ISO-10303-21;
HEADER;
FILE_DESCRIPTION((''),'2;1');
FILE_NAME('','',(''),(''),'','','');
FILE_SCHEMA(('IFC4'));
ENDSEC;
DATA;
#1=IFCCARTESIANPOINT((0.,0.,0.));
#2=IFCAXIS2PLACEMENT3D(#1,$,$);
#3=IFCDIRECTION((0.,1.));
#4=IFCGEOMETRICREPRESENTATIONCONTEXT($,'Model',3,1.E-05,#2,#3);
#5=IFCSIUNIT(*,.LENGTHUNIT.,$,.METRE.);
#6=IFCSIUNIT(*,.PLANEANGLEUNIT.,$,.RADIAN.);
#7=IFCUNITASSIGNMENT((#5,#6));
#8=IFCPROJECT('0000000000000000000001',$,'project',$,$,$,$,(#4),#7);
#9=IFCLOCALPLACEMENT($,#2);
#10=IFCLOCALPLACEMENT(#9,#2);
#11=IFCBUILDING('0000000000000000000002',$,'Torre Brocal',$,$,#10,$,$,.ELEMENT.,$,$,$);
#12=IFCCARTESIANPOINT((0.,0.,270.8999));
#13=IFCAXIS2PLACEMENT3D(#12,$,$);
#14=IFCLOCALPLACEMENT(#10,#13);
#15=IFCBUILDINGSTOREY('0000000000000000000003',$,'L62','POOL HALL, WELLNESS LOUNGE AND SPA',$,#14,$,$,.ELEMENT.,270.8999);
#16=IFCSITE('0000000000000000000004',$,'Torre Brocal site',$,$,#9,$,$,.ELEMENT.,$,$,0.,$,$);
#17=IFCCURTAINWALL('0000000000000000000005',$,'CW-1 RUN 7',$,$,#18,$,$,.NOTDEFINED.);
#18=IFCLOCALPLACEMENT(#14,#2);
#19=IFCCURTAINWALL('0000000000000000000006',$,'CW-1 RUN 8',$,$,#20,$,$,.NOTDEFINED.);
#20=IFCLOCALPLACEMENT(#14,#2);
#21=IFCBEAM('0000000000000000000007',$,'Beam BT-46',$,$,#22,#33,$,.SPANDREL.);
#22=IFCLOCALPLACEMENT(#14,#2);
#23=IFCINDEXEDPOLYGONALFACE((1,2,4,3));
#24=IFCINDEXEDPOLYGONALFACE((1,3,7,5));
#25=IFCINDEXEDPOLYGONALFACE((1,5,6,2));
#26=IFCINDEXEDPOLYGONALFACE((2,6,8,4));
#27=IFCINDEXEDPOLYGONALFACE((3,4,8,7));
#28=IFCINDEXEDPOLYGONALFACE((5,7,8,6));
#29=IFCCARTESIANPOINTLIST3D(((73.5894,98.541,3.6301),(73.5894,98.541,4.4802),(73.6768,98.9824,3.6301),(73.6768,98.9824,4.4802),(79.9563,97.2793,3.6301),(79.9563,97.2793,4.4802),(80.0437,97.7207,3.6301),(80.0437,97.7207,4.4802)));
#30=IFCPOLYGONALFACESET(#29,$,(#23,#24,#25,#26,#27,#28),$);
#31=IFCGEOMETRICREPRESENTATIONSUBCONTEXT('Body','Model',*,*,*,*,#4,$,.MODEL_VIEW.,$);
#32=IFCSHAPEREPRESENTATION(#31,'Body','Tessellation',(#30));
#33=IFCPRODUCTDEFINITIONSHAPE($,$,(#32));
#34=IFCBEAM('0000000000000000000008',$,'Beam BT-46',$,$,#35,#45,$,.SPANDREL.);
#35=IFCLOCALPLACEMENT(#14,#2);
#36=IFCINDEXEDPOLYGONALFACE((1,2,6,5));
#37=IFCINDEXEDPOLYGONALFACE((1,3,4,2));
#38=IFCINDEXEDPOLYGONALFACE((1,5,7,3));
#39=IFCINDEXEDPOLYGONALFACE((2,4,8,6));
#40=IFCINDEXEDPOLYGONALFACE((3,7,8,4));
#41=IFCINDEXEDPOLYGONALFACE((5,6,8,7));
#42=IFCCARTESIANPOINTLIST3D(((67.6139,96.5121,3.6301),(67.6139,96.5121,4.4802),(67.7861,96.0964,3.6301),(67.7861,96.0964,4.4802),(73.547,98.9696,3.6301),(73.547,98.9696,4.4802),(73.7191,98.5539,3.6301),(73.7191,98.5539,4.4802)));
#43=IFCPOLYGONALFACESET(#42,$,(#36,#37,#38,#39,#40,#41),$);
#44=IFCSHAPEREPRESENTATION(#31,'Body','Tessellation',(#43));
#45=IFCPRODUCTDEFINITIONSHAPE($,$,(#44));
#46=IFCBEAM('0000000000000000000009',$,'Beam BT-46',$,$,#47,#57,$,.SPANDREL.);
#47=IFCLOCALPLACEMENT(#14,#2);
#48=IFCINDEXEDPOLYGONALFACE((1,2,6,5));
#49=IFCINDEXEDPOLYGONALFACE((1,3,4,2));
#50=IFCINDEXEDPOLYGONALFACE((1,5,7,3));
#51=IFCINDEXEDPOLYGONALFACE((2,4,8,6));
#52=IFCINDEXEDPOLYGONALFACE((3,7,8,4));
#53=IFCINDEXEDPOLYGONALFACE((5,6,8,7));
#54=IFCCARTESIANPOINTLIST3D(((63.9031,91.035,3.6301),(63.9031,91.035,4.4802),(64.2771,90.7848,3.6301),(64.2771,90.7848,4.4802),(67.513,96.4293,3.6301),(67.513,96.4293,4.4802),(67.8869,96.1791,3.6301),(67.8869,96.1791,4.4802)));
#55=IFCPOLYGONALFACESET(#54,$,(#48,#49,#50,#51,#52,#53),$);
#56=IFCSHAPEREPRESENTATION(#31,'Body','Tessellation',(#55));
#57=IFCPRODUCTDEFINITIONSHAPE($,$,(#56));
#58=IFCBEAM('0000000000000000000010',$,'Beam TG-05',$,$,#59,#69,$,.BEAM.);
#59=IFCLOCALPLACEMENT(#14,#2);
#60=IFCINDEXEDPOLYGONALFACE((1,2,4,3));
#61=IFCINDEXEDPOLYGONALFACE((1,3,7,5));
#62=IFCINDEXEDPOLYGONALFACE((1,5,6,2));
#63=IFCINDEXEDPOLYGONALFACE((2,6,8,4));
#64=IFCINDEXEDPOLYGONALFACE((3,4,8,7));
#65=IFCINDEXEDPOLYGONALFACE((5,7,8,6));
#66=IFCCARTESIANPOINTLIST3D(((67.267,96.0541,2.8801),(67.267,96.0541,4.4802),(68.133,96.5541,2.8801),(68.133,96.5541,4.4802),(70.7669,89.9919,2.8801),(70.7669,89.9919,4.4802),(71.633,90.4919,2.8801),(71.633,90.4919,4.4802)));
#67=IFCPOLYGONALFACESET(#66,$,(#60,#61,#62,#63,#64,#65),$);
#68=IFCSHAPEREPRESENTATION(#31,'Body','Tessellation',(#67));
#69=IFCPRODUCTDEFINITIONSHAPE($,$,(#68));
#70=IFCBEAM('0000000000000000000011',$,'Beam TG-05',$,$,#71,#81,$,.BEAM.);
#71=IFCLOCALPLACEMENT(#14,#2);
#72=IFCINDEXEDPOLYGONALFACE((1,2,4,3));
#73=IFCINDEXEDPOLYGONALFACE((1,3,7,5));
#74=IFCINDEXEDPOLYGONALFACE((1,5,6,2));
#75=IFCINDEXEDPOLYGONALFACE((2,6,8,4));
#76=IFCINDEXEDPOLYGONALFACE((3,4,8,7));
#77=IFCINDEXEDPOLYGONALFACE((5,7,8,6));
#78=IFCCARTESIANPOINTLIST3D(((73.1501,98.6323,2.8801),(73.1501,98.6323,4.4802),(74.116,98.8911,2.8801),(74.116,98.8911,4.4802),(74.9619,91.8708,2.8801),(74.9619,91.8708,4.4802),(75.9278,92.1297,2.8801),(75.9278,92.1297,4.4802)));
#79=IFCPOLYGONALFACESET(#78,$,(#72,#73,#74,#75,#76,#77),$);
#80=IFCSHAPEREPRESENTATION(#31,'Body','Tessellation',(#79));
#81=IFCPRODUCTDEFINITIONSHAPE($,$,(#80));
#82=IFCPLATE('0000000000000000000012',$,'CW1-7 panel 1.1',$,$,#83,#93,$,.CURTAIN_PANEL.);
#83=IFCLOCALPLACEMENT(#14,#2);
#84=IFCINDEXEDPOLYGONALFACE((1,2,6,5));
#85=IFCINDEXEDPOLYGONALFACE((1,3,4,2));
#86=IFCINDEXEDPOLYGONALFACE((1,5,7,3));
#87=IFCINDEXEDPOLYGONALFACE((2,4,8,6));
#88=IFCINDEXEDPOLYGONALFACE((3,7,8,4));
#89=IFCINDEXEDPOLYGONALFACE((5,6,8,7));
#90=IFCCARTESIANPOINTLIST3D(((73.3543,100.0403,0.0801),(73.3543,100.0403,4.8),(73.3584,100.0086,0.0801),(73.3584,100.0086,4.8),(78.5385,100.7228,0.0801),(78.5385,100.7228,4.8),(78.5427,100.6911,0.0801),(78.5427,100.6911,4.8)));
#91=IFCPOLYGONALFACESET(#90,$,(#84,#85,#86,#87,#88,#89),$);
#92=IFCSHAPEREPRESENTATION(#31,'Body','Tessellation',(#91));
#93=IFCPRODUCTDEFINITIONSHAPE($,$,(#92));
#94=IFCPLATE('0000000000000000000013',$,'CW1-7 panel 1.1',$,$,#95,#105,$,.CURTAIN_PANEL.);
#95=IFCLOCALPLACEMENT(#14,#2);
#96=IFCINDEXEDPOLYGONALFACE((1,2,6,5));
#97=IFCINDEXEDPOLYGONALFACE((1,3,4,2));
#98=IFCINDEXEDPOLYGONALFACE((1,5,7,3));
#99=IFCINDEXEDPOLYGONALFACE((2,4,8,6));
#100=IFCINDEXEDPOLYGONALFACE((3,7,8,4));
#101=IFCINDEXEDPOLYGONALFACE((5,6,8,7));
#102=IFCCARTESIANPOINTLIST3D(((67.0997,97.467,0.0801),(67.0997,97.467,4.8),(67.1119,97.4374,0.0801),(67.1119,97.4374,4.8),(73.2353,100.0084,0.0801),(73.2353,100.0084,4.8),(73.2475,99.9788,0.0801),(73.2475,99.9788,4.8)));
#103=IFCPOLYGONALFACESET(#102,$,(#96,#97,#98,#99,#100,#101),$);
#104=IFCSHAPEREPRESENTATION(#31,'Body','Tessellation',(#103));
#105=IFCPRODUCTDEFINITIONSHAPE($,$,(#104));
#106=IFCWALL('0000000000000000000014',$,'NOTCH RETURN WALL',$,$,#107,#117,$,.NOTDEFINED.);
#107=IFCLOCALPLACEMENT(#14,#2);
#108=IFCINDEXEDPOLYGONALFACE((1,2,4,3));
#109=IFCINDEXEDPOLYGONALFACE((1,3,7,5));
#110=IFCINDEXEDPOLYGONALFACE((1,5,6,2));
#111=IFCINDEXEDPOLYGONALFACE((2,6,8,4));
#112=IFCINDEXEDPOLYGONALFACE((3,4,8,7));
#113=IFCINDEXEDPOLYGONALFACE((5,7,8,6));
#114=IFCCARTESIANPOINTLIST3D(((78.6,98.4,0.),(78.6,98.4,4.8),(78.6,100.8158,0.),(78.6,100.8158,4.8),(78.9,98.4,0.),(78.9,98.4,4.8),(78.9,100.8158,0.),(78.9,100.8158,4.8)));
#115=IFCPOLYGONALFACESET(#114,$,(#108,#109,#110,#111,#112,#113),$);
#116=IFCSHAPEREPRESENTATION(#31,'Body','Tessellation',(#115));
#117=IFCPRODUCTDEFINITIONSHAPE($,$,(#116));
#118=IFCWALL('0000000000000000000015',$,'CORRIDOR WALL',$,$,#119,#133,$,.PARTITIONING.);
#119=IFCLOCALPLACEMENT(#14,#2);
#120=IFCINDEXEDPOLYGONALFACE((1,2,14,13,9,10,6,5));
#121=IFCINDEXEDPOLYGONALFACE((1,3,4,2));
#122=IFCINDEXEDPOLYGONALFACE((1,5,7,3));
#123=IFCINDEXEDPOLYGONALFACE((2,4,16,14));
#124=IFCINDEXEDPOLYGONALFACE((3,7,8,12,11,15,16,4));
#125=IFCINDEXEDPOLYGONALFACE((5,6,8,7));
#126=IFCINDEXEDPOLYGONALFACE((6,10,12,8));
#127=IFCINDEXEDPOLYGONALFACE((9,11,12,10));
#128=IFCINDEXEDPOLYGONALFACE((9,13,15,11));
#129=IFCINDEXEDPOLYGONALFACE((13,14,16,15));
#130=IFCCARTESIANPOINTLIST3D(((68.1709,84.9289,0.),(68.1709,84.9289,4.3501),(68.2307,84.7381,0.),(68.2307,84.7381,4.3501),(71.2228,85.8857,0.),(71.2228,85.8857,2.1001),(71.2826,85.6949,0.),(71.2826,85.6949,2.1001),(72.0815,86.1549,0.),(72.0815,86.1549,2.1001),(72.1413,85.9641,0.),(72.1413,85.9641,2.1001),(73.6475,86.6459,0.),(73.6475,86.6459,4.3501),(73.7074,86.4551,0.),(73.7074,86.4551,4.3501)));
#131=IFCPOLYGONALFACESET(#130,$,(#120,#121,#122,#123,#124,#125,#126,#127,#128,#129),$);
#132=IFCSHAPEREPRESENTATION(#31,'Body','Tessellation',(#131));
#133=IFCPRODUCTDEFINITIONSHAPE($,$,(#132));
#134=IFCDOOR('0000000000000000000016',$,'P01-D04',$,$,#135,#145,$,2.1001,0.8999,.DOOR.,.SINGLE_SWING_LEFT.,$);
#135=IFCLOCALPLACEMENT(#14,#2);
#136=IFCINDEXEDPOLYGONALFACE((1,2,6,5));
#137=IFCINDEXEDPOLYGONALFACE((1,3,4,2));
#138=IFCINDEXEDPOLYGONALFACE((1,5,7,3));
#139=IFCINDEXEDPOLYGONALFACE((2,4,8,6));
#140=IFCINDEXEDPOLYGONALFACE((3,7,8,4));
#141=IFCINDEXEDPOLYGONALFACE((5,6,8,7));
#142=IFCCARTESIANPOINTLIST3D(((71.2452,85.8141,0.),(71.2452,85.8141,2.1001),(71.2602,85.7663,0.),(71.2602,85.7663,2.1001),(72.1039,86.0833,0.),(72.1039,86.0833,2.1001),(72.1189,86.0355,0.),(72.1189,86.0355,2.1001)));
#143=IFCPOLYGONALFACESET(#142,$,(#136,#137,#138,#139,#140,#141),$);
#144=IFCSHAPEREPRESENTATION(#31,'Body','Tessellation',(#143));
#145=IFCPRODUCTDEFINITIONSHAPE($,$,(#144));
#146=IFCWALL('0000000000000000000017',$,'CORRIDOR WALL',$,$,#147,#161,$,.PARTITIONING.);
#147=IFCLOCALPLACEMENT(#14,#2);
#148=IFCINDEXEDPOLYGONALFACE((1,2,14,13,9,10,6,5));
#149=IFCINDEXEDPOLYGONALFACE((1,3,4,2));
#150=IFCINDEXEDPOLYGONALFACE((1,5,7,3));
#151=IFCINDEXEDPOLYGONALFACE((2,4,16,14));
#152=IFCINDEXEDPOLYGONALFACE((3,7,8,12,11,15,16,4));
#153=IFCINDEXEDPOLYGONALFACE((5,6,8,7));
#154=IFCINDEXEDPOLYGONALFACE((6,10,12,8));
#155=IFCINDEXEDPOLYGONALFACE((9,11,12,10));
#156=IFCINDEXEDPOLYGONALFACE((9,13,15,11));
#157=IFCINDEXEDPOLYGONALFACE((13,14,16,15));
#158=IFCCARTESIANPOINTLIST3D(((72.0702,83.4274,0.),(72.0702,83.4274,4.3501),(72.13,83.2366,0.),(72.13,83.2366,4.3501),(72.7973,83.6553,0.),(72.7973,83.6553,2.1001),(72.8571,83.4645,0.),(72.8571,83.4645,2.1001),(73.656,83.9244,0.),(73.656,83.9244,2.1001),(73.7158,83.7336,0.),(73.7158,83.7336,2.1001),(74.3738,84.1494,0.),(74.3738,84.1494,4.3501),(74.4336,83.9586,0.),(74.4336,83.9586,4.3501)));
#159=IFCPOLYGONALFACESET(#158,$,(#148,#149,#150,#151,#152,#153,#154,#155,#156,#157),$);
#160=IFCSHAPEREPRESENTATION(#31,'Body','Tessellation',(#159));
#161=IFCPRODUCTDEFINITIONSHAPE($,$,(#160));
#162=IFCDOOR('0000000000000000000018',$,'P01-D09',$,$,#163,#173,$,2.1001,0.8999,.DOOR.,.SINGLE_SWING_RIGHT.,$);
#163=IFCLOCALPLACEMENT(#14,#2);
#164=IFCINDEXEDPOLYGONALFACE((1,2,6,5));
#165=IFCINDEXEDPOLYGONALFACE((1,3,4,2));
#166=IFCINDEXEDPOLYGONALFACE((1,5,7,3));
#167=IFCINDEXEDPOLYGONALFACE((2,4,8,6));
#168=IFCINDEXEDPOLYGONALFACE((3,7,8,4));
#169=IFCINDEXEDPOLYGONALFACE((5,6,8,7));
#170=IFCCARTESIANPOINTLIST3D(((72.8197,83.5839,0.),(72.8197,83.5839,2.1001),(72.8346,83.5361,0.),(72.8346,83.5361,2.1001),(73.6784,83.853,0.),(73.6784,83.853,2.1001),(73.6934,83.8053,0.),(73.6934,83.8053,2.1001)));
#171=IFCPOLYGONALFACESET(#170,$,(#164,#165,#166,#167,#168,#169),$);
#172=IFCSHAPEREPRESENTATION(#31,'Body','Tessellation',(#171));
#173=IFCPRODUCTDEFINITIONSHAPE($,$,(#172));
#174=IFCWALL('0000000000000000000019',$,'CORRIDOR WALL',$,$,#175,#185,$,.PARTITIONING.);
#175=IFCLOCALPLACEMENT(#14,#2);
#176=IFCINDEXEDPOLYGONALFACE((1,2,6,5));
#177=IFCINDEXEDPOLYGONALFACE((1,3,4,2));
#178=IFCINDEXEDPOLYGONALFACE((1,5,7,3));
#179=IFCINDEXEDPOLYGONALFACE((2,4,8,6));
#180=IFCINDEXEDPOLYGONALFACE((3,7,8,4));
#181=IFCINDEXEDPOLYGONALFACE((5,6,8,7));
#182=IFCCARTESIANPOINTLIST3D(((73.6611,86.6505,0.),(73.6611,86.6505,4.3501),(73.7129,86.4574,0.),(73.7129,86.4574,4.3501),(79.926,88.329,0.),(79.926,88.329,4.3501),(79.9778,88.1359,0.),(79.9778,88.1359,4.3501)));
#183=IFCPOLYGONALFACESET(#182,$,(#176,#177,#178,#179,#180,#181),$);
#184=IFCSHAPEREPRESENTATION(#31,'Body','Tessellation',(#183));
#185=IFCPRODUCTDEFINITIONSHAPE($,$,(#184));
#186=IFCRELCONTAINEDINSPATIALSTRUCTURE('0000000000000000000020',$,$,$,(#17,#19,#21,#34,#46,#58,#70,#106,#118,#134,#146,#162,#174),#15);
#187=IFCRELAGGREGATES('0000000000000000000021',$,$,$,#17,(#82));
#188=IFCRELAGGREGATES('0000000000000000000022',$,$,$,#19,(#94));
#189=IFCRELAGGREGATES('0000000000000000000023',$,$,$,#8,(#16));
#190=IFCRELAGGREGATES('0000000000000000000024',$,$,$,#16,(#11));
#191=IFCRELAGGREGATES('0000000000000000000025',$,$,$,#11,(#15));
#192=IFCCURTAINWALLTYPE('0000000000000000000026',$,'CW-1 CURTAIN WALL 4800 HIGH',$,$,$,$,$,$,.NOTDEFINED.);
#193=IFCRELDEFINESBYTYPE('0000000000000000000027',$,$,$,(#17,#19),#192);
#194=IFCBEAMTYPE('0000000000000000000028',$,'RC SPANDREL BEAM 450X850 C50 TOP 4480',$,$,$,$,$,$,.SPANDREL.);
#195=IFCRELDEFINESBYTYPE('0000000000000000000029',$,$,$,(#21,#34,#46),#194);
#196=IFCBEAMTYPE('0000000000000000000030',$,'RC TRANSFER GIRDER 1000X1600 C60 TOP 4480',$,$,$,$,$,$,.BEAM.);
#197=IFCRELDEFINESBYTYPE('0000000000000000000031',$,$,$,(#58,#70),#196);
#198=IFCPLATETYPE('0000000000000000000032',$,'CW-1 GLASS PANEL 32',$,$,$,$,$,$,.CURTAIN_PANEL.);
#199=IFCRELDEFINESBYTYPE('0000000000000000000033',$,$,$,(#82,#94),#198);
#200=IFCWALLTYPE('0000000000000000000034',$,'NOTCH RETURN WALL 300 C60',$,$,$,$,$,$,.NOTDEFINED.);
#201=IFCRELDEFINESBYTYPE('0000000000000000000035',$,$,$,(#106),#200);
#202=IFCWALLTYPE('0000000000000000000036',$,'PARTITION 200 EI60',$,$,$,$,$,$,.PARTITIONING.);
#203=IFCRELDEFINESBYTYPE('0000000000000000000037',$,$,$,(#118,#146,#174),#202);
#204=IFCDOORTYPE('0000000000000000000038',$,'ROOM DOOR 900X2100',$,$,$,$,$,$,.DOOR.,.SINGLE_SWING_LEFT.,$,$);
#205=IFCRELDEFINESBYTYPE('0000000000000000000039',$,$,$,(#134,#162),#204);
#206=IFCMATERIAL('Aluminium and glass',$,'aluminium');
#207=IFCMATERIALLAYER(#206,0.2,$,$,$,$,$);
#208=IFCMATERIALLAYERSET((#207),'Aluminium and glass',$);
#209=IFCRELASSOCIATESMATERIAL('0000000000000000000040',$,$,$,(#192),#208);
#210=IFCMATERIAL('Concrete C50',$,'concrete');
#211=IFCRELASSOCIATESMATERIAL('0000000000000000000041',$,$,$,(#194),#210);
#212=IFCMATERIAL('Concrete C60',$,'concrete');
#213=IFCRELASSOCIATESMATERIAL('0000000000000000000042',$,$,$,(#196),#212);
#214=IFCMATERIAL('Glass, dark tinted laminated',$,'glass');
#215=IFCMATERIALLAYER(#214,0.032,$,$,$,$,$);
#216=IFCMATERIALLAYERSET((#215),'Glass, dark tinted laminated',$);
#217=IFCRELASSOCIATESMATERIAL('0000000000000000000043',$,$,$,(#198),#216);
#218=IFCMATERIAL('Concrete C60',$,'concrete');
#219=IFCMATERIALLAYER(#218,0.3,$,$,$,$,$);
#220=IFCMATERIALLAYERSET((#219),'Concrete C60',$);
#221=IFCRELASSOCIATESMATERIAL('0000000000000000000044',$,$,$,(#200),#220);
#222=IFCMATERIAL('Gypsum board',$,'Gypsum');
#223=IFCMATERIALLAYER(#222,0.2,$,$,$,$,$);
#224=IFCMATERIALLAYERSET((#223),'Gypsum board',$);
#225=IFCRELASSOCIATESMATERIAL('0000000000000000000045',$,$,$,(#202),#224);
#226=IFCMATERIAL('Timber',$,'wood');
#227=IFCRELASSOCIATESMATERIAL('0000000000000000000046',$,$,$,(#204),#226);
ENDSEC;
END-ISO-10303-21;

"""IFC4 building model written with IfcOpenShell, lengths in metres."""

from ifc_helpers import new_model, si_unit, direction, frame, frame_2d, origin, origin_2d, place, context, subcontext, project, spatial, rectangle, extrude, material, layer, layer_set, material_profile, profile_set, type_object, element, fill, aggregate, save


model = new_model("IFC4")

# Units and contexts
model_context = context("Model", 3, precision=1e-05, world=origin(), true_north=direction((0.0, 1.0)))
body_context = subcontext(model_context, "Body", "Model", "MODEL_VIEW")
ifc_project = project(units=[si_unit("LENGTHUNIT", "METRE"), si_unit("PLANEANGLEUNIT", "RADIAN")], contexts=[model_context])

# Site, building, storey
site_placement = place(None, origin())
site = spatial("IfcSite", under=ifc_project, at=site_placement, Name="Torre Brocal site", CompositionType="ELEMENT", RefElevation=0.0)
building_placement = place(site_placement, origin())
building = spatial("IfcBuilding", under=site, at=building_placement, Name="Torre Brocal", CompositionType="ELEMENT")
storey_placement = place(building_placement, frame((0.0, 0.0, 270.8999)))
storey = spatial("IfcBuildingStorey", under=building, at=storey_placement, Name="L62", Description="POOL HALL, WELLNESS LOUNGE AND SPA", CompositionType="ELEMENT", Elevation=270.8999)

# Curtain wall
ifc_material_1 = material(Name="Aluminium and glass", Category="aluminium")
ifc_layer_1 = layer(ifc_material_1, 0.2)
ifc_layer_set_1 = layer_set([ifc_layer_1], Name="Aluminium and glass")
curtain_wall_type = type_object("IfcCurtainWallType", Name="CW-1 CURTAIN WALL 4800 HIGH", PredefinedType="NOTDEFINED", material=ifc_layer_set_1)
curtain_wall_1_placement = place(storey_placement, origin())
curtain_wall_1 = element("IfcCurtainWall", 1, at=curtain_wall_1_placement, inside=storey, type_object=curtain_wall_type, Name="CW-1 RUN 7", PredefinedType="NOTDEFINED")

# Curtain wall
curtain_wall_2_placement = place(storey_placement, origin())
curtain_wall_2 = element("IfcCurtainWall", 2, at=curtain_wall_2_placement, inside=storey, type_object=curtain_wall_type, Name="CW-1 RUN 8", PredefinedType="NOTDEFINED")

# Beams
ifc_material_2 = material(Name="Concrete C50", Category="concrete")
ifc_material_profile_1 = material_profile(ifc_material_2, rectangle(XDim=0.45, YDim=0.8501, at=origin_2d()), Name="RC 450X850")
ifc_profile_set_1 = profile_set([ifc_material_profile_1], Name="Concrete C50")
beam_type_1 = type_object("IfcBeamType", Name="RC SPANDREL BEAM 450X850 C50 TOP 4480", PredefinedType="SPANDREL", material=ifc_profile_set_1)
beam_1_placement = place(storey_placement, frame((80.0, 97.5, 4.0552), z_axis=(-0.980925, 0.194387, 0.0), x_axis=(-0.194387, -0.980925, 0.0)))
element("IfcBeam", 3, at=beam_1_placement, inside=storey, type_object=beam_type_1, Name="Beam BT-46", PredefinedType="SPANDREL", context=body_context, shape_type="SweptSolid", body=[
    extrude(rectangle(XDim=0.45, YDim=0.8501, at=origin_2d()), origin(), (0.0, 0.0, 1.0), 6.4907),
])
beam_2_placement = place(storey_placement, frame((73.6331, 98.7617, 4.0552), z_axis=(-0.923882, -0.382676, 0.0), x_axis=(0.382676, -0.923882, 0.0)))
element("IfcBeam", 4, at=beam_2_placement, inside=storey, type_object=beam_type_1, Name="Beam BT-46", PredefinedType="SPANDREL", context=body_context, shape_type="SweptSolid", body=[
    extrude(rectangle(XDim=0.45, YDim=0.8501, at=origin_2d()), origin(), (0.0, 0.0, 1.0), 6.4219),
])
beam_3_placement = place(storey_placement, frame((67.7, 96.3042, 4.0552), z_axis=(-0.556158, -0.831077, 0.0), x_axis=(0.831077, -0.556158, 0.0)))
element("IfcBeam", 5, at=beam_3_placement, inside=storey, type_object=beam_type_1, Name="Beam BT-46", PredefinedType="SPANDREL", context=body_context, shape_type="SweptSolid", body=[
    extrude(rectangle(XDim=0.45, YDim=0.8501, at=origin_2d()), origin(), (0.0, 0.0, 1.0), 6.4907),
])
ifc_material_3 = material(Name="Concrete C60", Category="concrete")
ifc_material_profile_2 = material_profile(ifc_material_3, rectangle(XDim=1.0, YDim=1.6001, at=origin_2d()), Name="RC 1000X1600")
ifc_profile_set_2 = profile_set([ifc_material_profile_2], Name="Concrete C60")
beam_type_2 = type_object("IfcBeamType", Name="RC TRANSFER GIRDER 1000X1600 C60 TOP 4480", PredefinedType="BEAM", material=ifc_profile_set_2)
for number, where, z_axis, x_axis, name in (
    (6, (71.2, 90.2419, 3.6802), (-0.499995, 0.866028, 0.0), (-0.866028, -0.499995, 0.0), "Beam TG-05"),
    (7, (75.4448, 92.0002, 3.6802), (-0.258824, 0.965925, 0.0), (-0.965925, -0.258824, 0.0), "Beam TG-05"),
):
    element("IfcBeam", number, at=place(storey_placement, frame(where, z_axis=z_axis, x_axis=x_axis)), inside=storey, type_object=beam_type_2, Name=name, PredefinedType="BEAM", context=body_context, shape_type="SweptSolid", body=[
        extrude(rectangle(XDim=1.0, YDim=1.6001, at=origin_2d()), origin(), (0.0, 0.0, 1.0), 7.0),
    ])

# Plates
ifc_material_4 = material(Name="Glass, dark tinted laminated", Category="glass")
ifc_layer_2 = layer(ifc_material_4, 0.032)
ifc_layer_set_2 = layer_set([ifc_layer_2], Name="Glass, dark tinted laminated")
plate_type = type_object("IfcPlateType", Name="CW-1 GLASS PANEL 32", PredefinedType="CURTAIN_PANEL", material=ifc_layer_set_2)
plate_1_placement = place(storey_placement, frame((75.9485, 100.3657, 0.0801), z_axis=(0.0, 0.0, 1.0), x_axis=(-0.991445, -0.130526, 0.0)))
plate_1 = element("IfcPlate", 8, at=plate_1_placement, type_object=plate_type, Name="CW1-7 panel 1.1", PredefinedType="CURTAIN_PANEL", context=body_context, shape_type="SweptSolid", body=[
    extrude(rectangle(XDim=5.229, YDim=0.032, at=origin_2d()), origin(), (0.0, 0.0, 1.0), 4.72),
])
aggregate(curtain_wall_1, [plate_1])
plate_2_placement = place(storey_placement, frame((70.1736, 98.7229, 0.0801), z_axis=(0.0, 0.0, 1.0), x_axis=(-0.92388, -0.382683, 0.0)))
plate_2 = element("IfcPlate", 9, at=plate_2_placement, type_object=plate_type, Name="CW1-7 panel 1.1", PredefinedType="CURTAIN_PANEL", context=body_context, shape_type="SweptSolid", body=[
    extrude(rectangle(XDim=6.6411, YDim=0.032, at=origin_2d()), origin(), (0.0, 0.0, 1.0), 4.72),
])
aggregate(curtain_wall_2, [plate_2])

# Wall
ifc_material_5 = material(Name="Concrete C60", Category="concrete")
ifc_layer_3 = layer(ifc_material_5, 0.3)
ifc_layer_set_3 = layer_set([ifc_layer_3], Name="Concrete C60")
wall_type_1 = type_object("IfcWallType", Name="NOTCH RETURN WALL 300 C60", PredefinedType="NOTDEFINED", material=ifc_layer_set_3)
wall_1_placement = place(storey_placement, frame((78.75, 98.3999, 0.0), z_axis=(0.0, 0.0, 1.0), x_axis=(0.0, 1.0, 0.0)))
element("IfcWall", 10, at=wall_1_placement, inside=storey, type_object=wall_type_1, Name="NOTCH RETURN WALL", PredefinedType="NOTDEFINED", context=body_context, shape_type="SweptSolid", body=[
    extrude(rectangle(XDim=2.4158, YDim=0.3, at=frame_2d((1.208, 0.0))), origin(), (0.0, 0.0, 1.0), 4.8),
])

# Walls, openings, doors
ifc_material_6 = material(Name="Gypsum board", Category="Gypsum")
ifc_layer_4 = layer(ifc_material_6, 0.2)
ifc_layer_set_4 = layer_set([ifc_layer_4], Name="Gypsum board")
wall_type_2 = type_object("IfcWallType", Name="PARTITION 200 EI60", PredefinedType="PARTITIONING", material=ifc_layer_set_4)
wall_2_placement = place(storey_placement, frame((68.2009, 84.8335, 0.0), z_axis=(0.0, 0.0, 1.0), x_axis=(0.954201, 0.299166, 0.0)))
wall_2 = element("IfcWall", 11, at=wall_2_placement, inside=storey, type_object=wall_type_2, Name="CORRIDOR WALL", PredefinedType="PARTITIONING", context=body_context, shape_type="SweptSolid", body=[
    extrude(rectangle(XDim=5.7395, YDim=0.2, at=frame_2d((2.8696, 0.0))), origin(), (0.0, 0.0, 1.0), 4.3501),
])
opening_1_placement = place(wall_2_placement, frame((3.1982, 0.0, 0.0)))
opening_1 = element("IfcOpeningElement", 12, at=opening_1_placement, cuts=wall_2, PredefinedType="OPENING", context=body_context, shape_type="SweptSolid", body=[
    extrude(rectangle(XDim=0.8999, YDim=2.1001, at=frame_2d((0.45, 1.05))), frame((0.0, 0.1099, 0.0), z_axis=(0.0, -1.0, 0.0), x_axis=(1.0, 0.0, 0.0)), (0.0, 0.0, 1.0), 0.22),
])
ifc_material_7 = material(Name="Timber", Category="wood")
door_type = type_object("IfcDoorType", Name="ROOM DOOR 900X2100", OperationType="SINGLE_SWING_LEFT", PredefinedType="DOOR", material=ifc_material_7)
door_1_placement = place(opening_1_placement, origin())
door_1 = element("IfcDoor", 13, at=door_1_placement, inside=storey, type_object=door_type, Name="P01-D04", OperationType="SINGLE_SWING_LEFT", OverallHeight=2.1001, OverallWidth=0.8999, PredefinedType="DOOR", context=body_context, shape_type="SweptSolid", body=[
    extrude(rectangle(XDim=0.8999, YDim=2.1001, at=frame_2d((0.45, 1.05))), frame((0.0, 0.0249, 0.0), z_axis=(0.0, -1.0, 0.0), x_axis=(1.0, 0.0, 0.0)), (0.0, 0.0, 1.0), 0.05),
])
fill(opening_1, door_1)
wall_3_placement = place(storey_placement, frame((72.1001, 83.332, 0.0), z_axis=(0.0, 0.0, 1.0), x_axis=(0.954233, 0.299064, 0.0)))
wall_3 = element("IfcWall", 14, at=wall_3_placement, inside=storey, type_object=wall_type_2, Name="CORRIDOR WALL", PredefinedType="PARTITIONING", context=body_context, shape_type="SweptSolid", body=[
    extrude(rectangle(XDim=2.4141, YDim=0.2, at=frame_2d((1.207, 0.0))), origin(), (0.0, 0.0, 1.0), 4.3501),
])
opening_2_placement = place(wall_3_placement, frame((0.762, 0.0, 0.0)))
opening_2 = element("IfcOpeningElement", 15, at=opening_2_placement, cuts=wall_3, PredefinedType="OPENING", context=body_context, shape_type="SweptSolid", body=[
    extrude(rectangle(XDim=0.8999, YDim=2.1001, at=frame_2d((0.45, 1.05))), frame((0.0, 0.1099, 0.0), z_axis=(0.0, -1.0, 0.0), x_axis=(1.0, 0.0, 0.0)), (0.0, 0.0, 1.0), 0.22),
])
door_2_placement = place(opening_2_placement, frame((0.8999, 0.0, 0.0), z_axis=(0.0, 0.0, 1.0), x_axis=(-1.0, 0.0, 0.0)))
door_2 = element("IfcDoor", 16, at=door_2_placement, inside=storey, type_object=door_type, Name="P01-D09", OperationType="SINGLE_SWING_RIGHT", OverallHeight=2.1001, OverallWidth=0.8999, PredefinedType="DOOR", context=body_context, shape_type="SweptSolid", body=[
    extrude(rectangle(XDim=0.8999, YDim=2.1001, at=frame_2d((0.45, 1.05))), frame((0.0, 0.0249, 0.0), z_axis=(0.0, -1.0, 0.0), x_axis=(1.0, 0.0, 0.0)), (0.0, 0.0, 1.0), 0.05),
])
fill(opening_2, door_2)

# Wall
wall_4_placement = place(storey_placement, frame((73.687, 86.554, 0.0), z_axis=(0.0, 0.0, 1.0), x_axis=(0.965934, 0.258789, 0.0)))
element("IfcWall", 17, at=wall_4_placement, inside=storey, type_object=wall_type_2, Name="CORRIDOR WALL", PredefinedType="PARTITIONING", context=body_context, shape_type="SweptSolid", body=[
    extrude(rectangle(XDim=6.4858, YDim=0.2, at=frame_2d((3.2429, 0.0))), origin(), (0.0, 0.0, 1.0), 4.3501),
])

save(model, "model.ifc")
